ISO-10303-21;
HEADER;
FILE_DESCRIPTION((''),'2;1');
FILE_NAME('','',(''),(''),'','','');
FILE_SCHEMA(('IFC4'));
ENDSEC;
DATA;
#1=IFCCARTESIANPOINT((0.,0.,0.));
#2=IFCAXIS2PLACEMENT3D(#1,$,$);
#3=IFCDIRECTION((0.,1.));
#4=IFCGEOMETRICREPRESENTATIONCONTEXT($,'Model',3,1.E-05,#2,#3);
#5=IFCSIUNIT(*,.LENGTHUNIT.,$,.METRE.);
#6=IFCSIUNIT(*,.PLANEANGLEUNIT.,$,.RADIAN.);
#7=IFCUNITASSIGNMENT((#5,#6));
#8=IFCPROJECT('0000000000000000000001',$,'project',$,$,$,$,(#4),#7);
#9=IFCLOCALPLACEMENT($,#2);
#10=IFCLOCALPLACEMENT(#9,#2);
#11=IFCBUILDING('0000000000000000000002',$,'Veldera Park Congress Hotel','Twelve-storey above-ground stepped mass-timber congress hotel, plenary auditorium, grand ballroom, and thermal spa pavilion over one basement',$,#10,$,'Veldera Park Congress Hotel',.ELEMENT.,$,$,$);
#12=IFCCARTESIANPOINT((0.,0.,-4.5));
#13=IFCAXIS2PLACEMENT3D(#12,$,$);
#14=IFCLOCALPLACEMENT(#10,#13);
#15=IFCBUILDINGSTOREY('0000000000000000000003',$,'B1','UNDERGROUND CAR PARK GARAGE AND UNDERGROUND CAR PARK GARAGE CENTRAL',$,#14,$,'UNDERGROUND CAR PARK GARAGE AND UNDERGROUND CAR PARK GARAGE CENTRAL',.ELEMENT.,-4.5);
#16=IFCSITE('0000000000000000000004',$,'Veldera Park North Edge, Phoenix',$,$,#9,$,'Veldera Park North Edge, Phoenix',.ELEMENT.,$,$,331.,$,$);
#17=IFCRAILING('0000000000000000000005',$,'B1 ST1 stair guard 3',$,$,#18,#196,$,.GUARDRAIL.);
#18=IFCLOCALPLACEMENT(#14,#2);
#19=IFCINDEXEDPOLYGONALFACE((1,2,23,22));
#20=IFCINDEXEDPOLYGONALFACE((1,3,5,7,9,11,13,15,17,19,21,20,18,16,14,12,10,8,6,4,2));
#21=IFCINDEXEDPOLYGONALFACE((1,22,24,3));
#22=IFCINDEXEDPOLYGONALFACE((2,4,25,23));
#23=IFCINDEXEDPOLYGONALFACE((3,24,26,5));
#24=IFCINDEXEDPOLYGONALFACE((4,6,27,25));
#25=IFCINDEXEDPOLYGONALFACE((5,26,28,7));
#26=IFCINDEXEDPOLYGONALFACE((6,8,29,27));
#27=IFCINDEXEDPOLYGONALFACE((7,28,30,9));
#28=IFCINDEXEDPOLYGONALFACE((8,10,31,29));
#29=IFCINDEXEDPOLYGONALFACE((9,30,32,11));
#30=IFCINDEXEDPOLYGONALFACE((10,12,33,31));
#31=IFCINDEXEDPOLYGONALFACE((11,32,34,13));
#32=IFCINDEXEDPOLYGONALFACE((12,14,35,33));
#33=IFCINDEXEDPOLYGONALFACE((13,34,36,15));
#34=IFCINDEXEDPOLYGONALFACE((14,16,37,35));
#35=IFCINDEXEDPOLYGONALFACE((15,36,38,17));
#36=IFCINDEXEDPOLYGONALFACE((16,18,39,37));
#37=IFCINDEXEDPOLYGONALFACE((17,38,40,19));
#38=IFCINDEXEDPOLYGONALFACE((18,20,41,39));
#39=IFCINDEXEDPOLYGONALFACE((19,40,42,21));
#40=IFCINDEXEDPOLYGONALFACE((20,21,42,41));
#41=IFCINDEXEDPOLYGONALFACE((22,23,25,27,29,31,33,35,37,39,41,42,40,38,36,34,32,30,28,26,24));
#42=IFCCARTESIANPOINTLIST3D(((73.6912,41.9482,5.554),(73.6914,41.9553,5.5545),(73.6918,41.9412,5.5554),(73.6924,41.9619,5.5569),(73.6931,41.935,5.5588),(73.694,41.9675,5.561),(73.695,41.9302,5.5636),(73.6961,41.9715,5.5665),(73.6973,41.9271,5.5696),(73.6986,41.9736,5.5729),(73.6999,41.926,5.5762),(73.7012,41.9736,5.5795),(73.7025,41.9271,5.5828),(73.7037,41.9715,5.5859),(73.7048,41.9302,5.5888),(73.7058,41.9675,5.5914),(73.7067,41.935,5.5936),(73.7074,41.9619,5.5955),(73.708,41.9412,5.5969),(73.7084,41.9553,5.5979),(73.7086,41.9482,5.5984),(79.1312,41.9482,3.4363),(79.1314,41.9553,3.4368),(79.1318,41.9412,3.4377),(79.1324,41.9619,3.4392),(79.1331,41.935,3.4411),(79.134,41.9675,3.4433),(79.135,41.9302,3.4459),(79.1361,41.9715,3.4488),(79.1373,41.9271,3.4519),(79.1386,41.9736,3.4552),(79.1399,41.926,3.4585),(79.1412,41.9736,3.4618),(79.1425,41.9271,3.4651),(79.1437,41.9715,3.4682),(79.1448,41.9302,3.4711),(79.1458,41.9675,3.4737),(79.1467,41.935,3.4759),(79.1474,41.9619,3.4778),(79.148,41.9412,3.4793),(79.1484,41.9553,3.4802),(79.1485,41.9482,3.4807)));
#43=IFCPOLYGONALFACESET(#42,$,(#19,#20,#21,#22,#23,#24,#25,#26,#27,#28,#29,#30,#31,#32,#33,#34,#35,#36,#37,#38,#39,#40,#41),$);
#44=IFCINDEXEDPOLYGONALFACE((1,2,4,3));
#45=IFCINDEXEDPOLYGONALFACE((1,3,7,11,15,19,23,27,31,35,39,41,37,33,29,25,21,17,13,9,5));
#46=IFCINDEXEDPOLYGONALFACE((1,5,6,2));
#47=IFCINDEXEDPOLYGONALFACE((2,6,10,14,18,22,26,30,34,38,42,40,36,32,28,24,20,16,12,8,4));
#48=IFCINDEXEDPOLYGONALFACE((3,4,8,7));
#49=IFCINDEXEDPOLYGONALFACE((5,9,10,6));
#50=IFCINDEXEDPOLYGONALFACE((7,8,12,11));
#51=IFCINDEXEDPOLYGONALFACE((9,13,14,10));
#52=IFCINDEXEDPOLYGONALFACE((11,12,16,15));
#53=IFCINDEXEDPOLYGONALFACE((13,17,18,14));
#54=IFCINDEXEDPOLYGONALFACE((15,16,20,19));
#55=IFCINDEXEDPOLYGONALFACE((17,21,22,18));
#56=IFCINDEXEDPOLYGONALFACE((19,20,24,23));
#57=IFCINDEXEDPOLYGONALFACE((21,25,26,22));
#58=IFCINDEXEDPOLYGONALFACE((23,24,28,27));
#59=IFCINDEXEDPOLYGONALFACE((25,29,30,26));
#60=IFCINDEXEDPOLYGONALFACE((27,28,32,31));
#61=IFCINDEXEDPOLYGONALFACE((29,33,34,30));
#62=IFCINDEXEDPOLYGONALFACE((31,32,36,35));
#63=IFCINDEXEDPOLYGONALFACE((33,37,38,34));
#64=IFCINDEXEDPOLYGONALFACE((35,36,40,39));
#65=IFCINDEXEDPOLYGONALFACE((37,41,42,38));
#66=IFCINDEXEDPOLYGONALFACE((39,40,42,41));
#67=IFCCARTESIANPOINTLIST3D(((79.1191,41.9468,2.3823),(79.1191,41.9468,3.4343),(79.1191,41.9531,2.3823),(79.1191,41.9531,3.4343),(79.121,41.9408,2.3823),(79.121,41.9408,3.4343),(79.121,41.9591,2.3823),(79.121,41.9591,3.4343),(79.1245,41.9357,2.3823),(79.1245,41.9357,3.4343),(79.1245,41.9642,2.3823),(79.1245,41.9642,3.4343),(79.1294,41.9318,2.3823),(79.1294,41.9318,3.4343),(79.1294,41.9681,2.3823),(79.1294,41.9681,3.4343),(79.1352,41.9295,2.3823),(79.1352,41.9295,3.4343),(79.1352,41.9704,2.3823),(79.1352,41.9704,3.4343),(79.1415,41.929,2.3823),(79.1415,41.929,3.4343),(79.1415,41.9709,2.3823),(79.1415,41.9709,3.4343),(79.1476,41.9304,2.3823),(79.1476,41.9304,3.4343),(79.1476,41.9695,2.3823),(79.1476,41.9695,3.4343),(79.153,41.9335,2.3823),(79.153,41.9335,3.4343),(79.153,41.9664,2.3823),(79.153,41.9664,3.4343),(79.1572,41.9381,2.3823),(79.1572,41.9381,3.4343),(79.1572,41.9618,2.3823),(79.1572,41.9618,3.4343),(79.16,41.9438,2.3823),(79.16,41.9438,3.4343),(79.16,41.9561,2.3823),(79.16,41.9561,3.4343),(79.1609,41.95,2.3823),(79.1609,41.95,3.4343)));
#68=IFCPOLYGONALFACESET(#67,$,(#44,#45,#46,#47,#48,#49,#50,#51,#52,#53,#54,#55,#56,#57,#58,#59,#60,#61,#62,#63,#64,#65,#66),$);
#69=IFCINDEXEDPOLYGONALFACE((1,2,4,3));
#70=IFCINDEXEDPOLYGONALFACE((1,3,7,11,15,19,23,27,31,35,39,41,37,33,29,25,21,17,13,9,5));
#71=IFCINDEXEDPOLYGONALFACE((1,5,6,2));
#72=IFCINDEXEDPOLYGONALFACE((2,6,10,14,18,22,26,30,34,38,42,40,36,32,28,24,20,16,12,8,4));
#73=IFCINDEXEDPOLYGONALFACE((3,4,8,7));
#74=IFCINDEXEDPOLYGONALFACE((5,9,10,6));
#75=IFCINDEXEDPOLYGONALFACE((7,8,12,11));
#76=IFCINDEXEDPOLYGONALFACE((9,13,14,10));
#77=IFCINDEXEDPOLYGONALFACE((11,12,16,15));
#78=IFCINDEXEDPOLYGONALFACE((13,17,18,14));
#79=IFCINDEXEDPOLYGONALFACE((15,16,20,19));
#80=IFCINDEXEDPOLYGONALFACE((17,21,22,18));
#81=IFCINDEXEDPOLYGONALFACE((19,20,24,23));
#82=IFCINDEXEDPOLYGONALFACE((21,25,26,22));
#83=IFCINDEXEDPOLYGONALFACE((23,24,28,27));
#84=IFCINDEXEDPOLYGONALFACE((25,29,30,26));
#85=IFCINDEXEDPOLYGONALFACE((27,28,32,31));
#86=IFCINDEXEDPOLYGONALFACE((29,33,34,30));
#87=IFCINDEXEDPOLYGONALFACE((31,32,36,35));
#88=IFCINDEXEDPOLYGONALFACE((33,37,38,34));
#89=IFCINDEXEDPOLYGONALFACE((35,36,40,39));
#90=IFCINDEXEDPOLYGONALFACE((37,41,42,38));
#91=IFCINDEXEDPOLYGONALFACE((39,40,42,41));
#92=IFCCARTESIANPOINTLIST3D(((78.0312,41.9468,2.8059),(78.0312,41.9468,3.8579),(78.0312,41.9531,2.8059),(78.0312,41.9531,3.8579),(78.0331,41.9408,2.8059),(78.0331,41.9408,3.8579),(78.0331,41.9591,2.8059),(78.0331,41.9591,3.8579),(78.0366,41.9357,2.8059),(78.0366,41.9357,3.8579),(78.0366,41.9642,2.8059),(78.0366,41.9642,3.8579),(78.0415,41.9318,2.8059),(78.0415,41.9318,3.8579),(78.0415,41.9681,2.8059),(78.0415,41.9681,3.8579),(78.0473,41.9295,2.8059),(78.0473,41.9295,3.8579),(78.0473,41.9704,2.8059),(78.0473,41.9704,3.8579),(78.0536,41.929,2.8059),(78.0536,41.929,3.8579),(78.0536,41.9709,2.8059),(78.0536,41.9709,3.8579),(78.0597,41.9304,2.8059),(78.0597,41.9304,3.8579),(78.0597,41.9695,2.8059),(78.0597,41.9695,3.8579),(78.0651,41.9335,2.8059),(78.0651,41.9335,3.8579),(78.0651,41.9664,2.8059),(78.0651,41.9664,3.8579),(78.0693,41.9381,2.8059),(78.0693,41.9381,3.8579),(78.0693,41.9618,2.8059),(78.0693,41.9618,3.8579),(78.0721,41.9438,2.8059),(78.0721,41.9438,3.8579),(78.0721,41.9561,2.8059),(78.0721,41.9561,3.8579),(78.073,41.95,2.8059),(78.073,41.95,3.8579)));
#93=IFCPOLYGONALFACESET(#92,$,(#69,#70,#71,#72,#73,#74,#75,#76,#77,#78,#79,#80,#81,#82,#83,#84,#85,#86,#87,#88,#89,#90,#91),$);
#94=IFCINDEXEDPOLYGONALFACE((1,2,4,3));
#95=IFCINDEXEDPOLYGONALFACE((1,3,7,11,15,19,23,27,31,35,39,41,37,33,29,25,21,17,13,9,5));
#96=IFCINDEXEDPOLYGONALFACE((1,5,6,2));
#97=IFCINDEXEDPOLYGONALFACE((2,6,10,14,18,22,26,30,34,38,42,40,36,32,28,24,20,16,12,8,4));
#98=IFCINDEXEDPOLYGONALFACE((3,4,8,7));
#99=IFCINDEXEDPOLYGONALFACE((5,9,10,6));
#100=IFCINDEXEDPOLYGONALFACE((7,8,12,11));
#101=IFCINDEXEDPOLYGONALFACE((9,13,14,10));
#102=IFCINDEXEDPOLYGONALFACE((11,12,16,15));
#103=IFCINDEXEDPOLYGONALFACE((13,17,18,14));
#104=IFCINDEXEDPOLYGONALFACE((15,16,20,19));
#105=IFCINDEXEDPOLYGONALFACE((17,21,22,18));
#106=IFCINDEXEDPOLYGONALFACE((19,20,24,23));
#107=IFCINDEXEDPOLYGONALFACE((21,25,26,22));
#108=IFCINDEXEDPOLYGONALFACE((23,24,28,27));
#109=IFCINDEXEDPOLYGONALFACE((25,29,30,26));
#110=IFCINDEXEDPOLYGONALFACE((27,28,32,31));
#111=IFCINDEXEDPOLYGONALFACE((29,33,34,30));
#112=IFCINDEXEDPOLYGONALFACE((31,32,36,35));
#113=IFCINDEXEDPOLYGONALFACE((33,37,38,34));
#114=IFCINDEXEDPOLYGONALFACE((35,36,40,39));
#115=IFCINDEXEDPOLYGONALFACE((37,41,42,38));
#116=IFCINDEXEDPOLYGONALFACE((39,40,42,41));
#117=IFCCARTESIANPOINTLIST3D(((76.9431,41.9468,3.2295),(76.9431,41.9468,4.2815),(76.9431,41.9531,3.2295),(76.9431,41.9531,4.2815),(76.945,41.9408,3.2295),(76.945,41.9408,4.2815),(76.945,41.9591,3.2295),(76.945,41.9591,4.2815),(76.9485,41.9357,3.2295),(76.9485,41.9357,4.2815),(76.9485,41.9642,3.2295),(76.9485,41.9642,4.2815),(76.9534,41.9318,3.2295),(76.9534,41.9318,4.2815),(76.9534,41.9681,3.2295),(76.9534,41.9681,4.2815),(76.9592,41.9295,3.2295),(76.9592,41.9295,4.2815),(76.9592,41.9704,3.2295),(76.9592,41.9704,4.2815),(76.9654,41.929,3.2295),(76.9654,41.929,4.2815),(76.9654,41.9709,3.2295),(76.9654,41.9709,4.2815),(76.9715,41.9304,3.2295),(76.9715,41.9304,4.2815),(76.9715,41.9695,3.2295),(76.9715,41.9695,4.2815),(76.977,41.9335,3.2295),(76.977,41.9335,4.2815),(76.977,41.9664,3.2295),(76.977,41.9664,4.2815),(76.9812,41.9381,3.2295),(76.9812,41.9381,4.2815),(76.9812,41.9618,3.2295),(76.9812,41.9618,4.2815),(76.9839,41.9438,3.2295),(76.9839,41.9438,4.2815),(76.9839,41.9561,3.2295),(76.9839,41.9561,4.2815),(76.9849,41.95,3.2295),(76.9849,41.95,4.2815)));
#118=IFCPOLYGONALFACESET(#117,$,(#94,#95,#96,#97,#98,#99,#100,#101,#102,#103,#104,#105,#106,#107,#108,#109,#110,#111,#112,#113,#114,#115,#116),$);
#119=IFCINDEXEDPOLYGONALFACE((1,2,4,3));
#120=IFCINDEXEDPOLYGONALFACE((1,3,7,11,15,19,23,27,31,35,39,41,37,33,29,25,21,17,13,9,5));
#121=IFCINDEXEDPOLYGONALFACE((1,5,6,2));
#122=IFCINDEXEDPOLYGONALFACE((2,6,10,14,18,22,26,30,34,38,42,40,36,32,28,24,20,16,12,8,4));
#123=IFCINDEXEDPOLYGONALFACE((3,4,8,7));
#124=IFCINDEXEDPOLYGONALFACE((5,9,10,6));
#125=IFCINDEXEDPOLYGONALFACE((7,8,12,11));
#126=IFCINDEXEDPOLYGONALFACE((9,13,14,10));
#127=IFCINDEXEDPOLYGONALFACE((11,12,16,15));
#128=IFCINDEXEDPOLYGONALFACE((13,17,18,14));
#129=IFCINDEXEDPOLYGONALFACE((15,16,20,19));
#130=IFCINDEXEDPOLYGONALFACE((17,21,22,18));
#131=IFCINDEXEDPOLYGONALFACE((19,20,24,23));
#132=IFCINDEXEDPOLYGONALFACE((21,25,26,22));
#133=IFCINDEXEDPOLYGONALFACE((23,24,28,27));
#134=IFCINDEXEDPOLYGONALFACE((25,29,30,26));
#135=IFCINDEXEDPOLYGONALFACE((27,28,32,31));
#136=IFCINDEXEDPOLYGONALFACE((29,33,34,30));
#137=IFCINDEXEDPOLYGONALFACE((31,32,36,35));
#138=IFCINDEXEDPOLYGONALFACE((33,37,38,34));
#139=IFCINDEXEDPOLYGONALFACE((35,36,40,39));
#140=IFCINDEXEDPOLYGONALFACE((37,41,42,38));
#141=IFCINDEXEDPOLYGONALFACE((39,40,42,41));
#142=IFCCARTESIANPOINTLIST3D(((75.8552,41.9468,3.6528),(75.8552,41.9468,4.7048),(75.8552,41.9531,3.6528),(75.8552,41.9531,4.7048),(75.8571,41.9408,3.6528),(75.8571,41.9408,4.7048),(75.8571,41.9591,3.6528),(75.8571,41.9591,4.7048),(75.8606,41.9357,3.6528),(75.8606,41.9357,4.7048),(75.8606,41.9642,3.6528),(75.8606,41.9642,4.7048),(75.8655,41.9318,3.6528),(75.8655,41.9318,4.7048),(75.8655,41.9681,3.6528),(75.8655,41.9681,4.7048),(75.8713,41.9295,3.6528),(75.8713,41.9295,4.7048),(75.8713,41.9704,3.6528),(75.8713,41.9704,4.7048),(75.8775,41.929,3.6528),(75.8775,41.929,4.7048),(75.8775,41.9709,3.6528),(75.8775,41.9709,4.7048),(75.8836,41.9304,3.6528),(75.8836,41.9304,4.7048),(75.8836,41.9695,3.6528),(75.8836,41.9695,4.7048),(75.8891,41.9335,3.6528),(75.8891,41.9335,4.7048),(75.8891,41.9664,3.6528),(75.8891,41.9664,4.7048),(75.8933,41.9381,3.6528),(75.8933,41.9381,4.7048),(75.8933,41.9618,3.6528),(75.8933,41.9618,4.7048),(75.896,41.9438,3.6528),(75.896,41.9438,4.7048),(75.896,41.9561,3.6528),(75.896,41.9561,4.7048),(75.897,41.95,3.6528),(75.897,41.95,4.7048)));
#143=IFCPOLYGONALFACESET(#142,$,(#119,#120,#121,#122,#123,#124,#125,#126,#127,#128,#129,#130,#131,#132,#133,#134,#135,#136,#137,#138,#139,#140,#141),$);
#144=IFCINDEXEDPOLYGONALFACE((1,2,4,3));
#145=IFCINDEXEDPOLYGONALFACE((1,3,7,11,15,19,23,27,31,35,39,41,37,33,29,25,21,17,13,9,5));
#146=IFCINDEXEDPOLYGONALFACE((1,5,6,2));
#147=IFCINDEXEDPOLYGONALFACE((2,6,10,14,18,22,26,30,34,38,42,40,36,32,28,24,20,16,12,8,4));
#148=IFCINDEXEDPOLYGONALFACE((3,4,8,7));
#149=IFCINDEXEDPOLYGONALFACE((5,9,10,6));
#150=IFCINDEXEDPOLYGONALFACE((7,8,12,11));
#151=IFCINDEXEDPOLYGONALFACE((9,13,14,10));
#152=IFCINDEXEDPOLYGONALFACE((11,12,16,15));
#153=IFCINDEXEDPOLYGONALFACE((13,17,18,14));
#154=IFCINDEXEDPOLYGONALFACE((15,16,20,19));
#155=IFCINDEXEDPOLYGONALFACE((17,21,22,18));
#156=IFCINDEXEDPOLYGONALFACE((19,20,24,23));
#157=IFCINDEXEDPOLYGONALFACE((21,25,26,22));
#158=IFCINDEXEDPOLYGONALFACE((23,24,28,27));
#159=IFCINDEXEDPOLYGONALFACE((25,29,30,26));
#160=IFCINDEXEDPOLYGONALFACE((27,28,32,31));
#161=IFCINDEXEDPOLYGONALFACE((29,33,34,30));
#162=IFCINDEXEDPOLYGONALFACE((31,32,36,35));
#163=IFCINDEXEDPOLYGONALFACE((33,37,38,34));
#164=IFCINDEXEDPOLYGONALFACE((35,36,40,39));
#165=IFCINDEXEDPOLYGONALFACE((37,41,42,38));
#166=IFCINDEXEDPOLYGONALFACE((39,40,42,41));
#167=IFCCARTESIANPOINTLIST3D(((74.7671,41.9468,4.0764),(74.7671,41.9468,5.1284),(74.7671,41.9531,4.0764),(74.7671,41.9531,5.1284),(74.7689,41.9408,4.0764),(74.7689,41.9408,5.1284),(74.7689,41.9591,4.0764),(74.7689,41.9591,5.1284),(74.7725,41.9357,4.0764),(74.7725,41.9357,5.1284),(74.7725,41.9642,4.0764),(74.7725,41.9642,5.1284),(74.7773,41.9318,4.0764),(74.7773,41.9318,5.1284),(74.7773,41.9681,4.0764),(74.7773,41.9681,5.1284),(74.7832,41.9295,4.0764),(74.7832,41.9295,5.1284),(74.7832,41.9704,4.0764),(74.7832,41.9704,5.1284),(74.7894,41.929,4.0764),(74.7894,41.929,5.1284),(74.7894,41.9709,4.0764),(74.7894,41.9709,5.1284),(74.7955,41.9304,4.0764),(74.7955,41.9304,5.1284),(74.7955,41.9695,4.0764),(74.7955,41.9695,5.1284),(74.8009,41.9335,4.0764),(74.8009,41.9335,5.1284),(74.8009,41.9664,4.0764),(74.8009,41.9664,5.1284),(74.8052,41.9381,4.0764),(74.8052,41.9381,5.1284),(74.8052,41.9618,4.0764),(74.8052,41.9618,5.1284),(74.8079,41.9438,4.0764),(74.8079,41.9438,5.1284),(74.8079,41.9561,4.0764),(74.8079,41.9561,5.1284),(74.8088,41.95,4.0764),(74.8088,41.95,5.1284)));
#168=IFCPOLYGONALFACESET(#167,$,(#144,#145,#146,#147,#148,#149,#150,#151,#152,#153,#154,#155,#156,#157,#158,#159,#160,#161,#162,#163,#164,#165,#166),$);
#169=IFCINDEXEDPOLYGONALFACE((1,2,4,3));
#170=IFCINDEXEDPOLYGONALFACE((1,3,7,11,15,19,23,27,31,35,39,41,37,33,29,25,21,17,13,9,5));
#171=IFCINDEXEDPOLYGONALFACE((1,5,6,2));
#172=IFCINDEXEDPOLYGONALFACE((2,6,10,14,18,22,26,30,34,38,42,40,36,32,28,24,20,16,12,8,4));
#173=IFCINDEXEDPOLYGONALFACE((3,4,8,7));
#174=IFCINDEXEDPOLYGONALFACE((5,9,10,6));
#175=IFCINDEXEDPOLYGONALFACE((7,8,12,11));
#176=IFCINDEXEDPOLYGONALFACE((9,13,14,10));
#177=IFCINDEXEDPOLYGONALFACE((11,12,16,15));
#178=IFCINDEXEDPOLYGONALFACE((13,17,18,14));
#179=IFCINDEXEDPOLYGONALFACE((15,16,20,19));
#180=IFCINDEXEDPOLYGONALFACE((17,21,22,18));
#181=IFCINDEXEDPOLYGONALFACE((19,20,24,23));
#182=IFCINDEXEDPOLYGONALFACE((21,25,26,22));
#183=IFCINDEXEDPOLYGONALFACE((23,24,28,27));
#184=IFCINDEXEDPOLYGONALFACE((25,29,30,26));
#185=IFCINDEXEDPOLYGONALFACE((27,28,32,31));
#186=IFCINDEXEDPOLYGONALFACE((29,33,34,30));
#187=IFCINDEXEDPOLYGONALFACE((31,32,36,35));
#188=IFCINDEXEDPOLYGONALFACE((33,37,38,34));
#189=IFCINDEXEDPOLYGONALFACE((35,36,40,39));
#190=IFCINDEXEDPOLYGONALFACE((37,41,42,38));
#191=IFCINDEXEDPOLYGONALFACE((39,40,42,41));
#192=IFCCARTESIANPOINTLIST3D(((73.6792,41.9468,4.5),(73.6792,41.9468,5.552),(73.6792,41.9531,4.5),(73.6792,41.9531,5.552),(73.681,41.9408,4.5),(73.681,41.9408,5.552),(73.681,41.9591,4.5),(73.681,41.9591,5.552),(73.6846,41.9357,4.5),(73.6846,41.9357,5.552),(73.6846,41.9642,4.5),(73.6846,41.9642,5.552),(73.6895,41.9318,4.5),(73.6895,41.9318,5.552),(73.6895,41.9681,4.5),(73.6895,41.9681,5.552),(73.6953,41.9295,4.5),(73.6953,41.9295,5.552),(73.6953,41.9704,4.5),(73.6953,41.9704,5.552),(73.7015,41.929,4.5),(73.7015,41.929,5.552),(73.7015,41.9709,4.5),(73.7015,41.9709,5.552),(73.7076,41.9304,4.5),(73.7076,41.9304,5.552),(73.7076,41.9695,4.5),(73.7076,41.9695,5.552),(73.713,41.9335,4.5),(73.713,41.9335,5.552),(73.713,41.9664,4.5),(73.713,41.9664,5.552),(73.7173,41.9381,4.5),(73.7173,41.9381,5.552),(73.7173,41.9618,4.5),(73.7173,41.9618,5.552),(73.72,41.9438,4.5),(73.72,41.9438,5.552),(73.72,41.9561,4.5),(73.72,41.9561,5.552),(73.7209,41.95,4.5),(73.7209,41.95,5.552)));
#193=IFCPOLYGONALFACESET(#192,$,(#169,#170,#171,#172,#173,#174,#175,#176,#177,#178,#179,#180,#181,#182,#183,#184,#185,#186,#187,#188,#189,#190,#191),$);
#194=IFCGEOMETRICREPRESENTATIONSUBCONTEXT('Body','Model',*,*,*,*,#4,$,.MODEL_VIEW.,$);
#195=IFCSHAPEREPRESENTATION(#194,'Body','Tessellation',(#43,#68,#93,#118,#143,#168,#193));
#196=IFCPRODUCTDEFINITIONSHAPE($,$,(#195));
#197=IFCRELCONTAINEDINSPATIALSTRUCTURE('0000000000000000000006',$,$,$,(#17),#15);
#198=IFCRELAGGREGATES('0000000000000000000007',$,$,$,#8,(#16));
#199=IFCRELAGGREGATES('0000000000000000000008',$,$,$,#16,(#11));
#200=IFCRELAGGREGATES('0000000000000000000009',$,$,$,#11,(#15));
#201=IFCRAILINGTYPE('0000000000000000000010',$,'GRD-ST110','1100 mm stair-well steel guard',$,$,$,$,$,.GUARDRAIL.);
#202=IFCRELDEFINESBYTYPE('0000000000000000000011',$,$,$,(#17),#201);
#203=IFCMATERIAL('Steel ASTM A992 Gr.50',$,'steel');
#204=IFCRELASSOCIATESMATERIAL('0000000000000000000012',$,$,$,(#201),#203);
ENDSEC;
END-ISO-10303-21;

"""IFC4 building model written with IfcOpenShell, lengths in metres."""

from ifc_helpers import new_model, si_unit, direction, frame, origin, origin_2d, place, context, subcontext, project, spatial, circle, extrude, material, type_object, element, save


model = new_model("IFC4")

# Units and contexts
model_context = context("Model", 3, precision=1e-05, world=origin(), true_north=direction((0.0, 1.0)))
body_context = subcontext(model_context, "Body", "Model", "MODEL_VIEW")
ifc_project = project(units=[si_unit("LENGTHUNIT", "METRE"), si_unit("PLANEANGLEUNIT", "RADIAN")], contexts=[model_context])

# Site, building, storey
site_placement = place(None, origin())
site = spatial("IfcSite", under=ifc_project, at=site_placement, Name="Veldera Park North Edge, Phoenix", LongName="Veldera Park North Edge, Phoenix", CompositionType="ELEMENT", RefElevation=331.0)
building_placement = place(site_placement, origin())
building = spatial("IfcBuilding", under=site, at=building_placement, Name="Veldera Park Congress Hotel", Description="Twelve-storey above-ground stepped mass-timber congress hotel, plenary auditorium, grand ballroom, and thermal spa pavilion over one basement", LongName="Veldera Park Congress Hotel", CompositionType="ELEMENT")
storey_placement = place(building_placement, frame((0.0, 0.0, -4.5)))
storey = spatial("IfcBuildingStorey", under=building, at=storey_placement, Name="B1", Description="UNDERGROUND CAR PARK GARAGE AND UNDERGROUND CAR PARK GARAGE CENTRAL", LongName="UNDERGROUND CAR PARK GARAGE AND UNDERGROUND CAR PARK GARAGE CENTRAL", CompositionType="ELEMENT", Elevation=-4.5)

# Railing
ifc_material_1 = material(Name="Steel ASTM A992 Gr.50", Category="steel")
railing_type_1 = type_object("IfcRailingType", Name="GRD-ST110", Description="1100 mm stair-well steel guard", PredefinedType="GUARDRAIL", material=ifc_material_1)
railing_1_placement = place(storey_placement, frame((79.1399, 41.95, 2.3823)))
element("IfcRailing", 1, at=railing_1_placement, inside=storey, type_object=railing_type_1, Name="B1 ST1 stair guard 3", PredefinedType="GUARDRAIL", context=body_context, shape_type="SweptSolid", body=[
    extrude(circle(Radius=0.0239, at=origin_2d()), frame((0.0, 0.0, 1.0762), z_axis=(-0.931881, 0.0, 0.362765), x_axis=(0.0, -1.0, 0.0)), (0.0, 0.0, 1.0), 5.8376),
    extrude(circle(Radius=0.021, at=origin_2d()), origin(), (0.0, 0.0, 1.0), 1.052),
    extrude(circle(Radius=0.021, at=origin_2d()), frame((-1.0879, 0.0, 0.4236)), (0.0, 0.0, 1.0), 1.052),
    extrude(circle(Radius=0.021, at=origin_2d()), frame((-2.176, 0.0, 0.8472)), (0.0, 0.0, 1.0), 1.052),
    extrude(circle(Radius=0.021, at=origin_2d()), frame((-3.2639, 0.0, 1.2705)), (0.0, 0.0, 1.0), 1.052),
    extrude(circle(Radius=0.021, at=origin_2d()), frame((-4.3521, 0.0, 1.6941)), (0.0, 0.0, 1.0), 1.052),
    extrude(circle(Radius=0.021, at=origin_2d()), frame((-5.4399, 0.0, 2.1177)), (0.0, 0.0, 1.0), 1.052),
])

save(model, "model.ifc")
